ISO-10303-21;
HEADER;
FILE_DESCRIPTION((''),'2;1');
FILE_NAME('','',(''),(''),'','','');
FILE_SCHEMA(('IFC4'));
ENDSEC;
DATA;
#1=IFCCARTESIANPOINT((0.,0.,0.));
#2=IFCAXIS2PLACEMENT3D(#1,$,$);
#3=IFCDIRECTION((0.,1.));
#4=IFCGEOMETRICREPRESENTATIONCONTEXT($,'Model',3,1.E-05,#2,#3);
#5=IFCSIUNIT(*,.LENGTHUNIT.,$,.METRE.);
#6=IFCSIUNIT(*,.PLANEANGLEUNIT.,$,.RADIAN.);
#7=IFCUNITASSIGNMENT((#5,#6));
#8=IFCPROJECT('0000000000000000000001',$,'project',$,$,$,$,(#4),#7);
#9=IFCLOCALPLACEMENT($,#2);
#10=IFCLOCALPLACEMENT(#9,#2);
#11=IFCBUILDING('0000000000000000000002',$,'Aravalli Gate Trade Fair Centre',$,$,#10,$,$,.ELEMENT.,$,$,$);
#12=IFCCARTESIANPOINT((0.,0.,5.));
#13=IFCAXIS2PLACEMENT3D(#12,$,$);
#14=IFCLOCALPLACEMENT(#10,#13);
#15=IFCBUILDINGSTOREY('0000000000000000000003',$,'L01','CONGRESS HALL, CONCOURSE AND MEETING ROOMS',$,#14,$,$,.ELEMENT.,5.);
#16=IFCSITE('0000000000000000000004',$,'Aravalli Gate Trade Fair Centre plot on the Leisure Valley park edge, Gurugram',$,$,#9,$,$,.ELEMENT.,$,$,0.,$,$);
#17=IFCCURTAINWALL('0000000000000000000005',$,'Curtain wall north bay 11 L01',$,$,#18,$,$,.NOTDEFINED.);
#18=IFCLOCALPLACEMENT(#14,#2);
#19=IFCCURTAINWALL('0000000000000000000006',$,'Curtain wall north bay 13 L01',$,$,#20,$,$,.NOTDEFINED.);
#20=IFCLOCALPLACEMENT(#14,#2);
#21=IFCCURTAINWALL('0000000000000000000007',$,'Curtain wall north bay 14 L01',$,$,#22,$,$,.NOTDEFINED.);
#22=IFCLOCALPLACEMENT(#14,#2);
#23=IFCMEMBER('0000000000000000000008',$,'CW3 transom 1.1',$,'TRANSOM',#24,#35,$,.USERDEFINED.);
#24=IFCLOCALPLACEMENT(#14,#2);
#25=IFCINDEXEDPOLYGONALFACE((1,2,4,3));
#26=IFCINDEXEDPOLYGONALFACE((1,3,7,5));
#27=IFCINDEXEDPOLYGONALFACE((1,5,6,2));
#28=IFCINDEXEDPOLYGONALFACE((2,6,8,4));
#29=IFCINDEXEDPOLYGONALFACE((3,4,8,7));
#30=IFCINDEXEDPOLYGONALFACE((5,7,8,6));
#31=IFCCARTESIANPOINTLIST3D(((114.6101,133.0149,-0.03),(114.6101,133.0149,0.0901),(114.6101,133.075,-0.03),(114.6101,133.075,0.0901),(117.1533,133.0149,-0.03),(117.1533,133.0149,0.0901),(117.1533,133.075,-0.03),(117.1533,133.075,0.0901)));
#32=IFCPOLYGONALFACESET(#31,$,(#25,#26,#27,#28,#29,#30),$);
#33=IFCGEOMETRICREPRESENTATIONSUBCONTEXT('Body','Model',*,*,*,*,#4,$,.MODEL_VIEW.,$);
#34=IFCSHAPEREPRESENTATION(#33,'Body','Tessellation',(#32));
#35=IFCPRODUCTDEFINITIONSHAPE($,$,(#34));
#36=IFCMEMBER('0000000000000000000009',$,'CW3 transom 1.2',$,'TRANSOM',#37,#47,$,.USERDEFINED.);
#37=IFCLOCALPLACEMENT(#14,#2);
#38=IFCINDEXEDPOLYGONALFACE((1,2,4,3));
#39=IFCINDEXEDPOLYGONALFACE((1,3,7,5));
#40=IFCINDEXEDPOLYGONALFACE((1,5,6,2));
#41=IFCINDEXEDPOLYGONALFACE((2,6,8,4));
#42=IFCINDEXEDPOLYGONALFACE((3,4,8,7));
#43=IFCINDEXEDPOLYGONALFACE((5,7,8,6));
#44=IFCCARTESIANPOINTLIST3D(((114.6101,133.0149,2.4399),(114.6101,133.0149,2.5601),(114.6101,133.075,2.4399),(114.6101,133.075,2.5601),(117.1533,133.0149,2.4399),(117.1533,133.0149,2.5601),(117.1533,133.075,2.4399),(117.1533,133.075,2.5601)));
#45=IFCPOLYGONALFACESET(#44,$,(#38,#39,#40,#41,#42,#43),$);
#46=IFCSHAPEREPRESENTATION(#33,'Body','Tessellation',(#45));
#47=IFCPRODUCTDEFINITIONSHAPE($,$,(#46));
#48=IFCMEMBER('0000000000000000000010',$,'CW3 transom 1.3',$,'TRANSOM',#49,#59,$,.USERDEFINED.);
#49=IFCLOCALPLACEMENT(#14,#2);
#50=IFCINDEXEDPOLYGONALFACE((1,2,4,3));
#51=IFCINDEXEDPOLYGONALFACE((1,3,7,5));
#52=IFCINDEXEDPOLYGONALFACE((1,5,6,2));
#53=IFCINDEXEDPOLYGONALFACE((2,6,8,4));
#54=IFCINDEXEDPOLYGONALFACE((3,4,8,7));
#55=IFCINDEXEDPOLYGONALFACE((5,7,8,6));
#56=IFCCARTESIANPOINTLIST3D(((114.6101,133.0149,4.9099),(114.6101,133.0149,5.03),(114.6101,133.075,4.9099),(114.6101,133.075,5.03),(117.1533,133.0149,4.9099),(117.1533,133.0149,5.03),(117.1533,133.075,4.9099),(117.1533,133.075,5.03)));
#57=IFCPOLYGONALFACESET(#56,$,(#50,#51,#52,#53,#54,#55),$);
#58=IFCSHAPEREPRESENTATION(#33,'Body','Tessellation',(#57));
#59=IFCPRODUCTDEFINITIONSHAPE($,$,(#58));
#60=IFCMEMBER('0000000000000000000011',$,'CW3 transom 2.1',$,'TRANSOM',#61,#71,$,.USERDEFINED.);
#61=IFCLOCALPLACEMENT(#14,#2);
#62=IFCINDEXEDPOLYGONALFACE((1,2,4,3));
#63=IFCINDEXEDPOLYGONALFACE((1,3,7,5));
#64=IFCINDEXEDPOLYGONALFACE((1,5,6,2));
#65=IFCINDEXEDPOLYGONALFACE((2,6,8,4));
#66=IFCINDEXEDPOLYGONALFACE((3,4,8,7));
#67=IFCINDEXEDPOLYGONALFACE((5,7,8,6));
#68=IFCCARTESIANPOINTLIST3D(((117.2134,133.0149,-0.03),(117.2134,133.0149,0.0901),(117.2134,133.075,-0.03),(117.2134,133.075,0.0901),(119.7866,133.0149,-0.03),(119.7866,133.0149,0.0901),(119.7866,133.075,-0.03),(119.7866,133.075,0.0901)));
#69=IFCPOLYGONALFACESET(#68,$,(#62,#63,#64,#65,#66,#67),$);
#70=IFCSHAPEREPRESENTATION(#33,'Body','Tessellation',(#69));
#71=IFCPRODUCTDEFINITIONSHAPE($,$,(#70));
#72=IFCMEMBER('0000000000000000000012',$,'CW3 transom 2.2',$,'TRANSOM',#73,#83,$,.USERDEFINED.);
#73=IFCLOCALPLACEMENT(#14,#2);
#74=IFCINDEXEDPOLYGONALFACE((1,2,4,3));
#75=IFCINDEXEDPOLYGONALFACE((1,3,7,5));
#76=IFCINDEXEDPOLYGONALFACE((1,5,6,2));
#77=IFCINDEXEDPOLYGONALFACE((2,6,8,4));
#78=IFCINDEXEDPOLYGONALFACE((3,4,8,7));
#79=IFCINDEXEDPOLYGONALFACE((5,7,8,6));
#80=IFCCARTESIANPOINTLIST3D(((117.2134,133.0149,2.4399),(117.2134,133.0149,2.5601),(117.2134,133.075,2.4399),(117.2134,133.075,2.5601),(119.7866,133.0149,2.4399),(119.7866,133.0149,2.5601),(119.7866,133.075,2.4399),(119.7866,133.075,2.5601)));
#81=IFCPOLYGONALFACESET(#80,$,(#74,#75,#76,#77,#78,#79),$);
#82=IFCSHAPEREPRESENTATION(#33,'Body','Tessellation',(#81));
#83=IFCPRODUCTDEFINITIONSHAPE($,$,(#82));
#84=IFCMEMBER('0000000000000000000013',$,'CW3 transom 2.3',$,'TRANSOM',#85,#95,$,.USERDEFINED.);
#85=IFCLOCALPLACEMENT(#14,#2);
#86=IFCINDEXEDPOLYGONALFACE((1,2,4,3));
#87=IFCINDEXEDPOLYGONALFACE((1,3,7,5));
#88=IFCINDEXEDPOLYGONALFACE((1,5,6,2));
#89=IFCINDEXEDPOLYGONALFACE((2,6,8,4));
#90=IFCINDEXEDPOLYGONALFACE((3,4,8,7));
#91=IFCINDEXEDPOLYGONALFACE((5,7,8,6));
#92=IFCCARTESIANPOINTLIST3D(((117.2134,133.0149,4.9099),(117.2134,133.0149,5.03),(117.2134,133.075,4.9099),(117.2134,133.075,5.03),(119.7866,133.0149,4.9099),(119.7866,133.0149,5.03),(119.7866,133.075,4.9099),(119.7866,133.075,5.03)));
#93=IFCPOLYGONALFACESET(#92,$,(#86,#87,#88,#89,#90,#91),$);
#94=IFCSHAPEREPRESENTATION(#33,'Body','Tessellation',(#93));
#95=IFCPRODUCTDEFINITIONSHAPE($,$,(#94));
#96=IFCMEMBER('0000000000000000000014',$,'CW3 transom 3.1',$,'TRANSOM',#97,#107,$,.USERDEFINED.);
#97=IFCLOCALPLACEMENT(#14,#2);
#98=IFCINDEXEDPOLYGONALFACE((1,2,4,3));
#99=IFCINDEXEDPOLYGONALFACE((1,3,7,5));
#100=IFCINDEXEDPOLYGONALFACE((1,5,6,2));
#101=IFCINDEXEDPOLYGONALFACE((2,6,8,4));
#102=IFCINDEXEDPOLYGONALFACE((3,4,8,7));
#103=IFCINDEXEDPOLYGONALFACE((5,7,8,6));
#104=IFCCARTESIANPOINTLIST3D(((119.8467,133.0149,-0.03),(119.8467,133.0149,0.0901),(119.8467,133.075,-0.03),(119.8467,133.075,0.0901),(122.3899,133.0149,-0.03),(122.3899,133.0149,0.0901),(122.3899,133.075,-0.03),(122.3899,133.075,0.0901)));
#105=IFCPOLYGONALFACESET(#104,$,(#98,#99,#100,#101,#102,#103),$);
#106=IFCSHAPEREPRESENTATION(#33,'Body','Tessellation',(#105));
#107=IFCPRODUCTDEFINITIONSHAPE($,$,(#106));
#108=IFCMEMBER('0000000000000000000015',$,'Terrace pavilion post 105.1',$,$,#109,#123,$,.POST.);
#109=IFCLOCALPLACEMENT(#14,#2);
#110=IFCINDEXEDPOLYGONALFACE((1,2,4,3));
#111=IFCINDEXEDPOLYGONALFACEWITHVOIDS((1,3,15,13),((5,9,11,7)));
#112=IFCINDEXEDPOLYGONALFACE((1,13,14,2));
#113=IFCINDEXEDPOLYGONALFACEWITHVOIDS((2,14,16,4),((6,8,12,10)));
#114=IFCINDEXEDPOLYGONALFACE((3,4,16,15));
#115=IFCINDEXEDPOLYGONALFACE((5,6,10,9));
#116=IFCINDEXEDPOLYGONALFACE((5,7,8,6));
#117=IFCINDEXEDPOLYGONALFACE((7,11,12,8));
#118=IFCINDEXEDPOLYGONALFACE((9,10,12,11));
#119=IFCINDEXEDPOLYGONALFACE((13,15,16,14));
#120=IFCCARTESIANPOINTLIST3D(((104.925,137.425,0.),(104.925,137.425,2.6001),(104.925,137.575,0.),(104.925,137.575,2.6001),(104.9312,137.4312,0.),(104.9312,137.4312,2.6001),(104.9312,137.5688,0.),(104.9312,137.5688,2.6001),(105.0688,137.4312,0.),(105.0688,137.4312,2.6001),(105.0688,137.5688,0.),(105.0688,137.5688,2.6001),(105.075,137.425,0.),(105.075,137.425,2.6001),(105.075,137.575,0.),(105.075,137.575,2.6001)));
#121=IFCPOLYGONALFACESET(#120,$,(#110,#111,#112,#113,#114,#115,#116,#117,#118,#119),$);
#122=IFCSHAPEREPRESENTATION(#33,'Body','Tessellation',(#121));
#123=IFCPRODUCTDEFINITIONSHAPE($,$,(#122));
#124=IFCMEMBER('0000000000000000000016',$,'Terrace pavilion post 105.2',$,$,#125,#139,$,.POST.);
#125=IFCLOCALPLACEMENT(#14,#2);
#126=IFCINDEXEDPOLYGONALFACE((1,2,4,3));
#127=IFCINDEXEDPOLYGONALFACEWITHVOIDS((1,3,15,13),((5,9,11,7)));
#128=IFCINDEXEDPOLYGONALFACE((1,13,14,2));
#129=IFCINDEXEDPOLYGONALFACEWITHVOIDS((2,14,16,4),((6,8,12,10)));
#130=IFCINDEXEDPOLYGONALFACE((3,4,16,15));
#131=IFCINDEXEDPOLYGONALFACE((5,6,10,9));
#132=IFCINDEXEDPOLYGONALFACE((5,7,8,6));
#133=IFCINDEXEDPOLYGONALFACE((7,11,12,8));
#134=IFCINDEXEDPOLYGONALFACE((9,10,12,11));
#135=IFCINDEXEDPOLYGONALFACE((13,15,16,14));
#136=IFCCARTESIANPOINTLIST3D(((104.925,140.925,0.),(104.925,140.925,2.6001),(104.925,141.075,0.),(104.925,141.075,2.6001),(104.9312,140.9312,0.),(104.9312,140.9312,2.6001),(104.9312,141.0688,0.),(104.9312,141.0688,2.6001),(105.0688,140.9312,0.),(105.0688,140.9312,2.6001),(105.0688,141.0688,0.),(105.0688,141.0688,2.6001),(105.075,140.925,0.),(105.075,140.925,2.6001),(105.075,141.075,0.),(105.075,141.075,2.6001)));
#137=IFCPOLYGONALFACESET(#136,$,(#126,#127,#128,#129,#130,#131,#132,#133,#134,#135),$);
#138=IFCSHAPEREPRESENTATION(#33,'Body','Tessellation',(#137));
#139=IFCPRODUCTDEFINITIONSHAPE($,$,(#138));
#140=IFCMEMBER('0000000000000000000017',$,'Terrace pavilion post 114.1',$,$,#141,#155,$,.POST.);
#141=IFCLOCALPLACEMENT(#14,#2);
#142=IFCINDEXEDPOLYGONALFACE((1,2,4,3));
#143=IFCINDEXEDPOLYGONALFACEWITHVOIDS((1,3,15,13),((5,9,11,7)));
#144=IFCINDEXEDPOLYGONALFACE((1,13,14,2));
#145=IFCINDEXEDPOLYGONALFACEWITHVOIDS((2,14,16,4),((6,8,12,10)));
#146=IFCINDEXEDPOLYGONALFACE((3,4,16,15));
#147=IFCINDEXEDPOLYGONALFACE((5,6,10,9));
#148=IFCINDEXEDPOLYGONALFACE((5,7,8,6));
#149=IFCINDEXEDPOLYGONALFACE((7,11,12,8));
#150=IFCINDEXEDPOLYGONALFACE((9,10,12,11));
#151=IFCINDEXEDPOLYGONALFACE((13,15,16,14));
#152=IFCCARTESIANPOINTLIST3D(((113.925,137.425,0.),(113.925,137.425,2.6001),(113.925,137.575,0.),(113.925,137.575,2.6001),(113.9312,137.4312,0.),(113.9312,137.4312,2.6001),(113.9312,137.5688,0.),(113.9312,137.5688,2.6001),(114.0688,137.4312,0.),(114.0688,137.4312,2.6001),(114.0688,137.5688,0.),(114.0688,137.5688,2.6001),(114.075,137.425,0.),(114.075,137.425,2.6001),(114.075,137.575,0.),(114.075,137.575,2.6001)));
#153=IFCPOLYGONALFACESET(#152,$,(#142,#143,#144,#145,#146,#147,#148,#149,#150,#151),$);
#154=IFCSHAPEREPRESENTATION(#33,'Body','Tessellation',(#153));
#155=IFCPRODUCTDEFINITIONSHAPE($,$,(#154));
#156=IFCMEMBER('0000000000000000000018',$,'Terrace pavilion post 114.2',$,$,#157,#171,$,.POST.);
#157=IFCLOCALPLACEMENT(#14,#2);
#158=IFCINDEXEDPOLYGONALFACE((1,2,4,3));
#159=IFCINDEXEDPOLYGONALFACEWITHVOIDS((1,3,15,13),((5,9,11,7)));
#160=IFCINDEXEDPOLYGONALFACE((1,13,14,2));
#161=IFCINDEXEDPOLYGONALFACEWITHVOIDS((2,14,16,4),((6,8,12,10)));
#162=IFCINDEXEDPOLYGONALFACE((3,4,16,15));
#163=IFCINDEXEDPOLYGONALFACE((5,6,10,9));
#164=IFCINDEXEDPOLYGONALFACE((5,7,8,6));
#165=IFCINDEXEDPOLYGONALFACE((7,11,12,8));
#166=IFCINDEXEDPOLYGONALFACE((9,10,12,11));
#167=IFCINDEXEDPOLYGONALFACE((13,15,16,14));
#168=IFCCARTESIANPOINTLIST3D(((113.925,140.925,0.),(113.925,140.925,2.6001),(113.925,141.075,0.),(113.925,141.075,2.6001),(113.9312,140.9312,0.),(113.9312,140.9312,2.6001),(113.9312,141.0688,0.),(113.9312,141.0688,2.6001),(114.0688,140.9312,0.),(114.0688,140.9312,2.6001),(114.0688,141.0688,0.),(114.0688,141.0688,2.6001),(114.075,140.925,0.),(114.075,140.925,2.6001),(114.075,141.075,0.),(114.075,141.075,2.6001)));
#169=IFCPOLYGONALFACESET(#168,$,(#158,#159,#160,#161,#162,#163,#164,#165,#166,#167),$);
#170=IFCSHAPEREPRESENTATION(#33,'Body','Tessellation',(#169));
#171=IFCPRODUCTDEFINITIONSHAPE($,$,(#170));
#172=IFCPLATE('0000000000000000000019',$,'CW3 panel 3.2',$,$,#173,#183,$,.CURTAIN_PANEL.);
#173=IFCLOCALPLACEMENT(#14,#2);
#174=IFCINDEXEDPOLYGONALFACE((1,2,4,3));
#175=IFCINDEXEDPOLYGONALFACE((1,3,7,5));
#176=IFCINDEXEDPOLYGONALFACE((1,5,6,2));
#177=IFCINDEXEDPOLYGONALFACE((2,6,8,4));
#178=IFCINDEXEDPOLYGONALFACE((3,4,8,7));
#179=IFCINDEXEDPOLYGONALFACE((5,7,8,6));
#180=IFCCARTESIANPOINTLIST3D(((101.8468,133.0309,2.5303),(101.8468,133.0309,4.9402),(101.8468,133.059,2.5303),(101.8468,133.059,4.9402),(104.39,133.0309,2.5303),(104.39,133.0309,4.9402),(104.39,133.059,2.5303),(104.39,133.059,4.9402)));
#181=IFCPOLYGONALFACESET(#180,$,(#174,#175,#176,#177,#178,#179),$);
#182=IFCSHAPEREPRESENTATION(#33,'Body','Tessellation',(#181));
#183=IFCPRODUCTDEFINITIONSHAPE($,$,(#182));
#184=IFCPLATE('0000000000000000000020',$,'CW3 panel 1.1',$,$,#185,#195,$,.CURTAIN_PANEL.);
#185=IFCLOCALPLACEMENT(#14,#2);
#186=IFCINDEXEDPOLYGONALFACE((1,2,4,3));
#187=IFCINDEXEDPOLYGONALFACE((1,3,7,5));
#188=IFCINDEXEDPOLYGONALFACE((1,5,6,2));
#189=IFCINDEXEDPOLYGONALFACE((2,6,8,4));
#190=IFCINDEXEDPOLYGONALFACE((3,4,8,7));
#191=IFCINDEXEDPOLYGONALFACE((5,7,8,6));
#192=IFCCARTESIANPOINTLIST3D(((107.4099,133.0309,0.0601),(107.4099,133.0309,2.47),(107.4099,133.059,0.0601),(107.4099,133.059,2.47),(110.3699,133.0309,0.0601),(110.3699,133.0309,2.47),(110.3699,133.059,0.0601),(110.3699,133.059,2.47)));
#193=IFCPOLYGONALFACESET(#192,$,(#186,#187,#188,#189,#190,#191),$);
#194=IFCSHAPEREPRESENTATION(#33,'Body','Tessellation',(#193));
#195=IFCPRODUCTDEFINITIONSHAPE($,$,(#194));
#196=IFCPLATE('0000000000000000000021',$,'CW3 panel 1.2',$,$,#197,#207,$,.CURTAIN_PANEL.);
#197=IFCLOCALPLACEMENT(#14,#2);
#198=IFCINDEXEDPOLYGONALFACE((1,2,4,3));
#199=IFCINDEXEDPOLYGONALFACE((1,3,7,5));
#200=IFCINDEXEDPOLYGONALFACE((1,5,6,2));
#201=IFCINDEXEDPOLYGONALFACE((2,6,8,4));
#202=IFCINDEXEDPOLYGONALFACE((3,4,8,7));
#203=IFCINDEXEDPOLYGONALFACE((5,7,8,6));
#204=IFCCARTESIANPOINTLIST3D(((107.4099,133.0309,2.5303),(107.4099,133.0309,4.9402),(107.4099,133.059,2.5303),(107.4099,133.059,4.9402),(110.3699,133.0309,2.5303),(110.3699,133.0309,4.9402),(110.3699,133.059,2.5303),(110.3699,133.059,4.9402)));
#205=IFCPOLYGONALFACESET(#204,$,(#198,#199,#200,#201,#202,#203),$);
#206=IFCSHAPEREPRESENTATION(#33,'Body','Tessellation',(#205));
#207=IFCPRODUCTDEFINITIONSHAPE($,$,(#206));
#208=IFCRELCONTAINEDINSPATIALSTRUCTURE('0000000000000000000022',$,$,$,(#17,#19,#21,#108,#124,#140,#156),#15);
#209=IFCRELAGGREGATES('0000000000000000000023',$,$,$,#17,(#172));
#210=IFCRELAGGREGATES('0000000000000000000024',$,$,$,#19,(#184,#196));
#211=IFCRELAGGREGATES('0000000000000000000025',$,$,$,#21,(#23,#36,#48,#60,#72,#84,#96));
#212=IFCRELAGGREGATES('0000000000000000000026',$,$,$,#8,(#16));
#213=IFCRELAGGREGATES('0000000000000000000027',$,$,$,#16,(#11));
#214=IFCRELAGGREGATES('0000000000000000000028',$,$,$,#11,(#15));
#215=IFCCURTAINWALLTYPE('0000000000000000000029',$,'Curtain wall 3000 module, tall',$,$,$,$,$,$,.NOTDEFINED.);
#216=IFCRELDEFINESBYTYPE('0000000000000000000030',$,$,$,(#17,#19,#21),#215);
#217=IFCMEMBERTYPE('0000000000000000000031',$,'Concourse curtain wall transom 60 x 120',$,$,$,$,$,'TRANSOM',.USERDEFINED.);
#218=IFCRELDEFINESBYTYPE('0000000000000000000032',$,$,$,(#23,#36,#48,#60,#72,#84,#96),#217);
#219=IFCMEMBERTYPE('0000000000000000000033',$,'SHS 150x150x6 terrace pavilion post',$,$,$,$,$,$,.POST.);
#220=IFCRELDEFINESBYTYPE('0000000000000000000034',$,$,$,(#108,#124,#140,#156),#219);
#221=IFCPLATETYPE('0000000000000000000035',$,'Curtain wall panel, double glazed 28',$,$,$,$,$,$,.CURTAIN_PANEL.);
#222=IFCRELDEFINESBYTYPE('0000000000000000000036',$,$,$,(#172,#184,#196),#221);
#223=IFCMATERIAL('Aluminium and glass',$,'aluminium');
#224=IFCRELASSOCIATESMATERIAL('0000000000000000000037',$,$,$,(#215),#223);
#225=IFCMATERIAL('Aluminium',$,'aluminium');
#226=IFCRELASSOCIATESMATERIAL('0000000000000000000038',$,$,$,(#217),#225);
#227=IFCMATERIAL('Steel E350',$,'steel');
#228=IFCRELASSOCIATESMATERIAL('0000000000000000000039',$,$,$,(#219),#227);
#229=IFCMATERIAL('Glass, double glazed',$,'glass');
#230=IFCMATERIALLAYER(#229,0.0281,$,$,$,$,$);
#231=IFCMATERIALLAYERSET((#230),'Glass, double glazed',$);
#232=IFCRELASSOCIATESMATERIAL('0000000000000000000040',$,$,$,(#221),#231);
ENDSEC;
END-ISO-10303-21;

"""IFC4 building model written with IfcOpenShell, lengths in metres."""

from ifc_helpers import new_model, si_unit, direction, frame, origin, origin_2d, place, context, subcontext, project, spatial, rectangle, hollow_rectangle, extrude, material, layer, layer_set, material_profile, profile_set, type_object, element, aggregate, save


model = new_model("IFC4")

# Units and contexts
model_context = context("Model", 3, precision=1e-05, world=origin(), true_north=direction((0.0, 1.0)))
body_context = subcontext(model_context, "Body", "Model", "MODEL_VIEW")
ifc_project = project(units=[si_unit("LENGTHUNIT", "METRE"), si_unit("PLANEANGLEUNIT", "RADIAN")], contexts=[model_context])

# Site, building, storey
site_placement = place(None, origin())
site = spatial("IfcSite", under=ifc_project, at=site_placement, Name="Aravalli Gate Trade Fair Centre plot on the Leisure Valley park edge, Gurugram", CompositionType="ELEMENT", RefElevation=0.0)
building_placement = place(site_placement, origin())
building = spatial("IfcBuilding", under=site, at=building_placement, Name="Aravalli Gate Trade Fair Centre", CompositionType="ELEMENT")
storey_placement = place(building_placement, frame((0.0, 0.0, 5.0)))
storey = spatial("IfcBuildingStorey", under=building, at=storey_placement, Name="L01", Description="CONGRESS HALL, CONCOURSE AND MEETING ROOMS", CompositionType="ELEMENT", Elevation=5.0)

# Curtain wall
ifc_material_1 = material(Name="Aluminium and glass", Category="aluminium")
curtain_wall_type = type_object("IfcCurtainWallType", Name="Curtain wall 3000 module, tall", PredefinedType="NOTDEFINED", material=ifc_material_1)
curtain_wall_1_placement = place(storey_placement, origin())
curtain_wall_1 = element("IfcCurtainWall", 1, at=curtain_wall_1_placement, inside=storey, type_object=curtain_wall_type, Name="Curtain wall north bay 11 L01", PredefinedType="NOTDEFINED")
ifc_material_2 = material(Name="Aluminium", Category="aluminium")

# Curtain walls
curtain_wall_2_placement = place(storey_placement, origin())
curtain_wall_2 = element("IfcCurtainWall", 2, at=curtain_wall_2_placement, inside=storey, type_object=curtain_wall_type, Name="Curtain wall north bay 13 L01", PredefinedType="NOTDEFINED")
curtain_wall_3_placement = place(storey_placement, origin())
curtain_wall_3 = element("IfcCurtainWall", 3, at=curtain_wall_3_placement, inside=storey, type_object=curtain_wall_type, Name="Curtain wall north bay 14 L01", PredefinedType="NOTDEFINED")

# Members
ifc_material_profile_1 = material_profile(ifc_material_2, rectangle(XDim=0.0601, YDim=0.1201, at=origin_2d()), Name="Concourse curtain wall transom 60 x 120")
ifc_profile_set_1 = profile_set([ifc_material_profile_1], Name="Aluminium")
member_type_1 = type_object("IfcMemberType", Name="Concourse curtain wall transom 60 x 120", ElementType="TRANSOM", PredefinedType="USERDEFINED", material=ifc_profile_set_1)
member_1_placement = place(storey_placement, frame((114.6101, 133.0449, 0.03), z_axis=(1.0, 0.0, 0.0), x_axis=(0.0, 1.0, 0.0)))
member_1 = element("IfcMember", 4, at=member_1_placement, type_object=member_type_1, Name="CW3 transom 1.1", ObjectType="TRANSOM", PredefinedType="USERDEFINED", context=body_context, shape_type="SweptSolid", body=[
    extrude(rectangle(XDim=0.0601, YDim=0.1201, at=origin_2d()), origin(), (0.0, 0.0, 1.0), 2.5432),
])
member_2_placement = place(storey_placement, frame((114.6101, 133.0449, 2.5), z_axis=(1.0, 0.0, 0.0), x_axis=(0.0, 1.0, 0.0)))
member_2 = element("IfcMember", 5, at=member_2_placement, type_object=member_type_1, Name="CW3 transom 1.2", ObjectType="TRANSOM", PredefinedType="USERDEFINED", context=body_context, shape_type="SweptSolid", body=[
    extrude(rectangle(XDim=0.0601, YDim=0.1201, at=origin_2d()), origin(), (0.0, 0.0, 1.0), 2.5432),
])
member_3_placement = place(storey_placement, frame((114.6101, 133.0449, 4.97), z_axis=(1.0, 0.0, 0.0), x_axis=(0.0, 1.0, 0.0)))
member_3 = element("IfcMember", 6, at=member_3_placement, type_object=member_type_1, Name="CW3 transom 1.3", ObjectType="TRANSOM", PredefinedType="USERDEFINED", context=body_context, shape_type="SweptSolid", body=[
    extrude(rectangle(XDim=0.0601, YDim=0.1201, at=origin_2d()), origin(), (0.0, 0.0, 1.0), 2.5432),
])
member_4_placement = place(storey_placement, frame((117.2134, 133.0449, 0.03), z_axis=(1.0, 0.0, 0.0), x_axis=(0.0, 1.0, 0.0)))
member_4 = element("IfcMember", 7, at=member_4_placement, type_object=member_type_1, Name="CW3 transom 2.1", ObjectType="TRANSOM", PredefinedType="USERDEFINED", context=body_context, shape_type="SweptSolid", body=[
    extrude(rectangle(XDim=0.0601, YDim=0.1201, at=origin_2d()), origin(), (0.0, 0.0, 1.0), 2.5732),
])
member_5_placement = place(storey_placement, frame((117.2134, 133.0449, 2.5), z_axis=(1.0, 0.0, 0.0), x_axis=(0.0, 1.0, 0.0)))
member_5 = element("IfcMember", 8, at=member_5_placement, type_object=member_type_1, Name="CW3 transom 2.2", ObjectType="TRANSOM", PredefinedType="USERDEFINED", context=body_context, shape_type="SweptSolid", body=[
    extrude(rectangle(XDim=0.0601, YDim=0.1201, at=origin_2d()), origin(), (0.0, 0.0, 1.0), 2.5732),
])
member_6_placement = place(storey_placement, frame((117.2134, 133.0449, 4.97), z_axis=(1.0, 0.0, 0.0), x_axis=(0.0, 1.0, 0.0)))
member_6 = element("IfcMember", 9, at=member_6_placement, type_object=member_type_1, Name="CW3 transom 2.3", ObjectType="TRANSOM", PredefinedType="USERDEFINED", context=body_context, shape_type="SweptSolid", body=[
    extrude(rectangle(XDim=0.0601, YDim=0.1201, at=origin_2d()), origin(), (0.0, 0.0, 1.0), 2.5732),
])
member_7_placement = place(storey_placement, frame((119.8467, 133.0449, 0.03), z_axis=(1.0, 0.0, 0.0), x_axis=(0.0, 1.0, 0.0)))
member_7 = element("IfcMember", 10, at=member_7_placement, type_object=member_type_1, Name="CW3 transom 3.1", ObjectType="TRANSOM", PredefinedType="USERDEFINED", context=body_context, shape_type="SweptSolid", body=[
    extrude(rectangle(XDim=0.0601, YDim=0.1201, at=origin_2d()), origin(), (0.0, 0.0, 1.0), 2.5432),
])

# Members
ifc_material_3 = material(Name="Steel E350", Category="steel")
ifc_material_profile_2 = material_profile(ifc_material_3, hollow_rectangle(XDim=0.1499, YDim=0.1499, WallThickness=0.0061, at=origin_2d()), Name="SHS 150x150x6")
ifc_profile_set_2 = profile_set([ifc_material_profile_2], Name="Steel E350")
member_type_2 = type_object("IfcMemberType", Name="SHS 150x150x6 terrace pavilion post", PredefinedType="POST", material=ifc_profile_set_2)
for number, where, z_axis, x_axis, name in (
    (11, (105.0, 137.5, 0.0), (0.0, 0.0, 1.0), (1.0, 0.0, 0.0), "Terrace pavilion post 105.1"),
    (12, (105.0, 141.0, 0.0), (0.0, 0.0, 1.0), (1.0, 0.0, 0.0), "Terrace pavilion post 105.2"),
    (13, (114.0, 137.5, 0.0), (0.0, 0.0, 1.0), (1.0, 0.0, 0.0), "Terrace pavilion post 114.1"),
    (14, (114.0, 141.0, 0.0), (0.0, 0.0, 1.0), (1.0, 0.0, 0.0), "Terrace pavilion post 114.2"),
):
    element("IfcMember", number, at=place(storey_placement, frame(where, z_axis=z_axis, x_axis=x_axis)), inside=storey, type_object=member_type_2, Name=name, PredefinedType="POST", context=body_context, shape_type="SweptSolid", body=[
        extrude(hollow_rectangle(XDim=0.1499, YDim=0.1499, WallThickness=0.0061, at=origin_2d()), origin(), (0.0, 0.0, 1.0), 2.6001),
    ])

# Plates
ifc_material_4 = material(Name="Glass, double glazed", Category="glass")
ifc_layer = layer(ifc_material_4, 0.0281)
ifc_layer_set = layer_set([ifc_layer], Name="Glass, double glazed")
plate_type = type_object("IfcPlateType", Name="Curtain wall panel, double glazed 28", PredefinedType="CURTAIN_PANEL", material=ifc_layer_set)
plate_1_placement = place(storey_placement, frame((103.1184, 133.0449, 2.5303), z_axis=(0.0, 0.0, 1.0), x_axis=(1.0, 0.0, 0.0)))
plate_1 = element("IfcPlate", 15, at=plate_1_placement, type_object=plate_type, Name="CW3 panel 3.2", PredefinedType="CURTAIN_PANEL", context=body_context, shape_type="SweptSolid", body=[
    extrude(rectangle(XDim=2.5432, YDim=0.0281, at=origin_2d()), origin(), (0.0, 0.0, 1.0), 2.4099),
])
aggregate(curtain_wall_1, [plate_1])
plate_2_placement = place(storey_placement, frame((108.8899, 133.0449, 0.0601), z_axis=(0.0, 0.0, 1.0), x_axis=(1.0, 0.0, 0.0)))
plate_2 = element("IfcPlate", 16, at=plate_2_placement, type_object=plate_type, Name="CW3 panel 1.1", PredefinedType="CURTAIN_PANEL", context=body_context, shape_type="SweptSolid", body=[
    extrude(rectangle(XDim=2.96, YDim=0.0281, at=origin_2d()), origin(), (0.0, 0.0, 1.0), 2.4099),
])
plate_3_placement = place(storey_placement, frame((108.8899, 133.0449, 2.5303), z_axis=(0.0, 0.0, 1.0), x_axis=(1.0, 0.0, 0.0)))
plate_3 = element("IfcPlate", 17, at=plate_3_placement, type_object=plate_type, Name="CW3 panel 1.2", PredefinedType="CURTAIN_PANEL", context=body_context, shape_type="SweptSolid", body=[
    extrude(rectangle(XDim=2.96, YDim=0.0281, at=origin_2d()), origin(), (0.0, 0.0, 1.0), 2.4099),
])
aggregate(curtain_wall_2, [plate_2, plate_3])
aggregate(curtain_wall_3, [member_1, member_2, member_3, member_4, member_5, member_6, member_7])

save(model, "model.ifc")
